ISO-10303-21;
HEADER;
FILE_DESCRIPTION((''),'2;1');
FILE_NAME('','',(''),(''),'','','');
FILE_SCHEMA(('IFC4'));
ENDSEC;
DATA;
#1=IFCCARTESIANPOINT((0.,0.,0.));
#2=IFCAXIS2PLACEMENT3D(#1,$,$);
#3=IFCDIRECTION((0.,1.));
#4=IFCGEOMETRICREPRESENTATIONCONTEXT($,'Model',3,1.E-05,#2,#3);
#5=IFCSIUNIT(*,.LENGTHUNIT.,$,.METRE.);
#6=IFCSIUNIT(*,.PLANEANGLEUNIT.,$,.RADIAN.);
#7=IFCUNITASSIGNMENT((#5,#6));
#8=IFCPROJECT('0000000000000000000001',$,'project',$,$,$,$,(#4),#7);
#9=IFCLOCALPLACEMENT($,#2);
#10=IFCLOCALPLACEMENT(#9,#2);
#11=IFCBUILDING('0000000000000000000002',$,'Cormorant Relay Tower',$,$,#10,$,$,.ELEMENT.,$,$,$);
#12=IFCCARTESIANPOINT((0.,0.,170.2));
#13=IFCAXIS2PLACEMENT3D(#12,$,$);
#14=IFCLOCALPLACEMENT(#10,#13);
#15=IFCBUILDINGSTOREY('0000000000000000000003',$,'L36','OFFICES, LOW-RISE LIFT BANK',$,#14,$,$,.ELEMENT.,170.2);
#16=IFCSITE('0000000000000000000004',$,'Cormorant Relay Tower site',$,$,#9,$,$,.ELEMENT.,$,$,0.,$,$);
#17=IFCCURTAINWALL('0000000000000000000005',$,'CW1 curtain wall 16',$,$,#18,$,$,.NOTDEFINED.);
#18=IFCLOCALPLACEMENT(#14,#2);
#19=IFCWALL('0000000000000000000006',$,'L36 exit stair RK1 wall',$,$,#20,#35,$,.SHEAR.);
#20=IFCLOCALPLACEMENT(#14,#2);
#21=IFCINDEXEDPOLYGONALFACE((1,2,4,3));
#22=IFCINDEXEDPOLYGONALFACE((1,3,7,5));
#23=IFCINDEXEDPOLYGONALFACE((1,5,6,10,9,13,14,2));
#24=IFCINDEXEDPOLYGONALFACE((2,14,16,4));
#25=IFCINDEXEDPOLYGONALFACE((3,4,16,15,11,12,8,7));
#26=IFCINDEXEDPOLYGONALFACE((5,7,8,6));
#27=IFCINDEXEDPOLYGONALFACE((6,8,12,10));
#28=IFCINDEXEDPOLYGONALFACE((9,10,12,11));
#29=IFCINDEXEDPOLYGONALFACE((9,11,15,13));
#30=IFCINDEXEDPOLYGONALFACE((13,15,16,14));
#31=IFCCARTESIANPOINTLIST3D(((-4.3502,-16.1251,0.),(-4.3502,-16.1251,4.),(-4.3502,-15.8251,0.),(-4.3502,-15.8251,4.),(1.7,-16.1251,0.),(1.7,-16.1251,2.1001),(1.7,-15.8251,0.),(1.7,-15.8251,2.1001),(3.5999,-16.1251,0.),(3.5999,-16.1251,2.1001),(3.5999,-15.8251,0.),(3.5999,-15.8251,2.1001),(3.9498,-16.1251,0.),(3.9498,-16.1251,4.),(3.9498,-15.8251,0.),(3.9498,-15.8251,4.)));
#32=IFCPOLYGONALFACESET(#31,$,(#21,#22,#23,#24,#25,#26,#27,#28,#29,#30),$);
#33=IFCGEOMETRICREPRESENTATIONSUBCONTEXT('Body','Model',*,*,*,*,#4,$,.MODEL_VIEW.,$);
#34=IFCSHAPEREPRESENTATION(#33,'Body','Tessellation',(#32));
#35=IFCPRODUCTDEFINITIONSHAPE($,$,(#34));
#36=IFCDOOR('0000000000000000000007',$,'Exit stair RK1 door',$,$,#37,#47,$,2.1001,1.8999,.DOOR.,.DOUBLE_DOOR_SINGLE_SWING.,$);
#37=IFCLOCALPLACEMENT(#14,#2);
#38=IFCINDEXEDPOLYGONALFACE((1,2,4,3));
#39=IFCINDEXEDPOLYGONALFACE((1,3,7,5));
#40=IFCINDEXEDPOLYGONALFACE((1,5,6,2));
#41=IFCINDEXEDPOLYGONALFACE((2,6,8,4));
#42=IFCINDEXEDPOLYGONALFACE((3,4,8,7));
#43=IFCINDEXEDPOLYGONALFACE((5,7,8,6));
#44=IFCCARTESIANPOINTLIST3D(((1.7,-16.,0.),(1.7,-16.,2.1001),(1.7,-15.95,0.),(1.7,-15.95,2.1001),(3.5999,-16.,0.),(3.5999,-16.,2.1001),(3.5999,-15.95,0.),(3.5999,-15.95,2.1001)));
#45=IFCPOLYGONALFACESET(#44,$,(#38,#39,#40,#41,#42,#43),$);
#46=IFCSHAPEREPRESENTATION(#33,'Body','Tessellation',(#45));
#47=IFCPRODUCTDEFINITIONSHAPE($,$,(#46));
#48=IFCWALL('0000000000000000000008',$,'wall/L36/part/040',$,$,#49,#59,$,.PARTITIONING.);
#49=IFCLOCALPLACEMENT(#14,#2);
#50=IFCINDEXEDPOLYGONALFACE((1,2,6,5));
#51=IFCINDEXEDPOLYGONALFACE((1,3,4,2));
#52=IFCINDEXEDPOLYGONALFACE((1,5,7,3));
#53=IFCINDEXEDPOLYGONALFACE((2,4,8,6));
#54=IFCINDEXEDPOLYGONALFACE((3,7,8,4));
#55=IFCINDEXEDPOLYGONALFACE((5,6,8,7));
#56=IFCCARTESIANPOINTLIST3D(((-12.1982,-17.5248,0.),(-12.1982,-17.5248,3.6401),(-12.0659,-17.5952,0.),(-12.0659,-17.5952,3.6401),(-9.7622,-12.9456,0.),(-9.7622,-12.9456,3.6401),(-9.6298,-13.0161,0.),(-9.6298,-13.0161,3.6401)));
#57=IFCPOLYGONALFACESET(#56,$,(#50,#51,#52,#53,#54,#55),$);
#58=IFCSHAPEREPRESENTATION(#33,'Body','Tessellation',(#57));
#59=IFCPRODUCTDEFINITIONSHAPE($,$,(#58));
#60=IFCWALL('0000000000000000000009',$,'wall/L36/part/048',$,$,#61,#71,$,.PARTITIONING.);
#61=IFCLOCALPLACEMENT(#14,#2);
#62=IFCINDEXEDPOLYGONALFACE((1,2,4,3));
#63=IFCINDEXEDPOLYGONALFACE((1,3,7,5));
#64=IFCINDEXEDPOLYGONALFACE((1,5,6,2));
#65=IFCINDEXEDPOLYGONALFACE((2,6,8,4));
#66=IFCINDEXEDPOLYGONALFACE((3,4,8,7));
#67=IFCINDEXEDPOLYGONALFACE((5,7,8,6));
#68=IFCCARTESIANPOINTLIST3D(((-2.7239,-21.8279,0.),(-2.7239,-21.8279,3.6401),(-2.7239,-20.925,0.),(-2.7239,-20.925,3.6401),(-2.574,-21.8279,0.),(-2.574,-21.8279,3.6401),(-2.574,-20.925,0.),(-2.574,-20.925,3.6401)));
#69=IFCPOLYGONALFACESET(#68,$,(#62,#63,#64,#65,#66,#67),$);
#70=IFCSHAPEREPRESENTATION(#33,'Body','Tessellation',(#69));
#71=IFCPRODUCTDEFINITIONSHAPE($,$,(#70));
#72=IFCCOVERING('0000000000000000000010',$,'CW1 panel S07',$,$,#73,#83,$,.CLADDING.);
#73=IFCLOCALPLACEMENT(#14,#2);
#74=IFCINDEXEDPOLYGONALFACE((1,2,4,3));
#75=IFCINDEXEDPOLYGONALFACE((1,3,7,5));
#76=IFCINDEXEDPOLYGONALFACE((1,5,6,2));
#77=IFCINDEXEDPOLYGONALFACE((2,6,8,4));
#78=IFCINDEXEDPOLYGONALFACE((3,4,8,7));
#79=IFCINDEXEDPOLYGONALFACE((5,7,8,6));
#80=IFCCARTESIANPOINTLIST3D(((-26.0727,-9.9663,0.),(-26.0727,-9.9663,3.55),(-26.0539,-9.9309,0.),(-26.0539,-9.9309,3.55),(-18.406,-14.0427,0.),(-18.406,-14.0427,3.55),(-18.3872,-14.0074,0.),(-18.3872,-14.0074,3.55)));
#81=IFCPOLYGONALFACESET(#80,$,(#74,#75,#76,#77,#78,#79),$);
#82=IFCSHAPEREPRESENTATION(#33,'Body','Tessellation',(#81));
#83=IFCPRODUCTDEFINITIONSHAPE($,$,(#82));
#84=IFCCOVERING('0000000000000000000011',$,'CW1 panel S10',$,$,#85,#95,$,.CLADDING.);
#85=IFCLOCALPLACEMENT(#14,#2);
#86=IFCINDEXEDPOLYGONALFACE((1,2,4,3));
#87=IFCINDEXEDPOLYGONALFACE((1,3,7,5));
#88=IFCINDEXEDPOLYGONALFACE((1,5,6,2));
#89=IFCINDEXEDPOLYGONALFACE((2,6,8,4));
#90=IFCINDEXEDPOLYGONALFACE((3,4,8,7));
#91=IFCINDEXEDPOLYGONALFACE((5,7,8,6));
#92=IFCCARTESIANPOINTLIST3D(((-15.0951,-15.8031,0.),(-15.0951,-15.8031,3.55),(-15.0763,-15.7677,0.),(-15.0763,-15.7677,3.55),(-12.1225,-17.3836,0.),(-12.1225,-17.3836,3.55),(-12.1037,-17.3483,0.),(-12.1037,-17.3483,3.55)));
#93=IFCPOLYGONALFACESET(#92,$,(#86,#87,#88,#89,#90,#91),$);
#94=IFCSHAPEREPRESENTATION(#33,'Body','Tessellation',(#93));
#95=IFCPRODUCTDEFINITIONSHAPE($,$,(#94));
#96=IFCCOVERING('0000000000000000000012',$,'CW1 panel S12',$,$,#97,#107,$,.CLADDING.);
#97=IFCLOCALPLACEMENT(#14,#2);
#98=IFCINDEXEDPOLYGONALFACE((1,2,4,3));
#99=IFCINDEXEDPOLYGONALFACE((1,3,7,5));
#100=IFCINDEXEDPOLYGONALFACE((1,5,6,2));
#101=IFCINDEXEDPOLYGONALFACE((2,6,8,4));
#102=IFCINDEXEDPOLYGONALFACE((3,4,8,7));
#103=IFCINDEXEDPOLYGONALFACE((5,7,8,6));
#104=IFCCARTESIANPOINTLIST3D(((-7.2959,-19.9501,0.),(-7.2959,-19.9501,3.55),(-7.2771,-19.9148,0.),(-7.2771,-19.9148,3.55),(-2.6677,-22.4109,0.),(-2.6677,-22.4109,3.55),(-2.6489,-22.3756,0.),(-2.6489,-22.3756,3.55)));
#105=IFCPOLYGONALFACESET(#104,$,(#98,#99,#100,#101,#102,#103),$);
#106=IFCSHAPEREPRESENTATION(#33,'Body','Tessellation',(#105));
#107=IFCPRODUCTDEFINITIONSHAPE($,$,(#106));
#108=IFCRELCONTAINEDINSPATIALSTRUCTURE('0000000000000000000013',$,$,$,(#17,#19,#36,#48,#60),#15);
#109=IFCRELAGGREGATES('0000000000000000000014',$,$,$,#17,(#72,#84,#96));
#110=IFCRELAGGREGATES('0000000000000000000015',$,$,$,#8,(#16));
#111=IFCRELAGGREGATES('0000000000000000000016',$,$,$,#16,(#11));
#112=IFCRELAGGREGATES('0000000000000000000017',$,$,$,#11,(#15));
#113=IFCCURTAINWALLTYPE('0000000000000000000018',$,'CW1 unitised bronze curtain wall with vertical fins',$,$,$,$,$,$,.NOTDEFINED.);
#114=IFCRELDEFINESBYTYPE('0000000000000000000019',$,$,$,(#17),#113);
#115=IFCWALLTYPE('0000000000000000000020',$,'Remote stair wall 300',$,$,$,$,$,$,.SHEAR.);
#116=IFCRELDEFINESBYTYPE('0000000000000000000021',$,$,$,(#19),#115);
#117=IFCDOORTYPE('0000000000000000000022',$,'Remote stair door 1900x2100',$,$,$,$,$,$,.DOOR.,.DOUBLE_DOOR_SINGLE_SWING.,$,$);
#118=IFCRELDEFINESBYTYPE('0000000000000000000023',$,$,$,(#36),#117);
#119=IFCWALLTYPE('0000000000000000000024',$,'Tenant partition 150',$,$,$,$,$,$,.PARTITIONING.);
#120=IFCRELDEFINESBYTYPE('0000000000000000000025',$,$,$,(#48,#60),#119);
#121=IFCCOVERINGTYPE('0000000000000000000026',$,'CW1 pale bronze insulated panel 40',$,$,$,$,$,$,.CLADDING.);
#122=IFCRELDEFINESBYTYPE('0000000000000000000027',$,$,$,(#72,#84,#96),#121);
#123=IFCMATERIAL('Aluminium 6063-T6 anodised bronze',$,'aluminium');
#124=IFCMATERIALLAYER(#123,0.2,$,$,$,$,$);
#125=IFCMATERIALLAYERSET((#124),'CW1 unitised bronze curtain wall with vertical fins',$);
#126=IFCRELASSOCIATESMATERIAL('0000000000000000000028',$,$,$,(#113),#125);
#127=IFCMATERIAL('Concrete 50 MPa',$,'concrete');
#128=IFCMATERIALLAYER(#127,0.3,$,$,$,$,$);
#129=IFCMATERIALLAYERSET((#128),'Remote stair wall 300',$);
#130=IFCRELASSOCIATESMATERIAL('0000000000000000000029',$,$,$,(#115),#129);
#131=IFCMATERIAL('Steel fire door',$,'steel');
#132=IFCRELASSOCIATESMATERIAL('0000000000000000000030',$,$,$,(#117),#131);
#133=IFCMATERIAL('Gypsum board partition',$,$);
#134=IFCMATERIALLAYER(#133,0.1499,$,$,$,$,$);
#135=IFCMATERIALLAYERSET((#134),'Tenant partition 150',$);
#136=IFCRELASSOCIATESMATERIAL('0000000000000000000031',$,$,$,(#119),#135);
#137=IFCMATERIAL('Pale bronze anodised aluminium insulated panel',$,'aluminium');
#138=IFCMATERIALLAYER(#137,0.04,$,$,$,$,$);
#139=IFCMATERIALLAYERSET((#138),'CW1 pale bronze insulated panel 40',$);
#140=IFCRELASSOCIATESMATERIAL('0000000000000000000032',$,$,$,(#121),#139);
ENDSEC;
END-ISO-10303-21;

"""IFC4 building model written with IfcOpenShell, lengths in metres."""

from ifc_helpers import new_model, si_unit, direction, frame, frame_2d, origin, origin_2d, place, context, subcontext, project, spatial, rectangle, extrude, material, layer, layer_set, type_object, element, fill, aggregate, save


model = new_model("IFC4")

# Units and contexts
model_context = context("Model", 3, precision=1e-05, world=origin(), true_north=direction((0.0, 1.0)))
body_context = subcontext(model_context, "Body", "Model", "MODEL_VIEW")
ifc_project = project(units=[si_unit("LENGTHUNIT", "METRE"), si_unit("PLANEANGLEUNIT", "RADIAN")], contexts=[model_context])

# Site, building, storey
site_placement = place(None, origin())
site = spatial("IfcSite", under=ifc_project, at=site_placement, Name="Cormorant Relay Tower site", CompositionType="ELEMENT", RefElevation=0.0)
building_placement = place(site_placement, origin())
building = spatial("IfcBuilding", under=site, at=building_placement, Name="Cormorant Relay Tower", CompositionType="ELEMENT")
storey_placement = place(building_placement, frame((0.0, 0.0, 170.2)))
storey = spatial("IfcBuildingStorey", under=building, at=storey_placement, Name="L36", Description="OFFICES, LOW-RISE LIFT BANK", CompositionType="ELEMENT", Elevation=170.2)

# Shared definitions
ifc_material_1 = material(Name="Aluminium 6063-T6 anodised bronze", Category="aluminium")
ifc_layer_1 = layer(ifc_material_1, 0.2)
ifc_layer_set_1 = layer_set([ifc_layer_1], Name="CW1 unitised bronze curtain wall with vertical fins")
curtain_wall_type = type_object("IfcCurtainWallType", Name="CW1 unitised bronze curtain wall with vertical fins", PredefinedType="NOTDEFINED", material=ifc_layer_set_1)

# Curtain wall
curtain_wall_1_placement = place(storey_placement, origin())
curtain_wall_1 = element("IfcCurtainWall", 1, at=curtain_wall_1_placement, inside=storey, type_object=curtain_wall_type, Name="CW1 curtain wall 16", PredefinedType="NOTDEFINED")

# Shared definitions
ifc_material_2 = material(Name="Concrete 50 MPa", Category="concrete")
ifc_layer_2 = layer(ifc_material_2, 0.3)
ifc_layer_set_2 = layer_set([ifc_layer_2], Name="Remote stair wall 300")
wall_type_1 = type_object("IfcWallType", Name="Remote stair wall 300", PredefinedType="SHEAR", material=ifc_layer_set_2)

# Wall, opening, door
wall_1_placement = place(storey_placement, frame((-4.3501, -15.9751, 0.0), z_axis=(0.0, 0.0, 1.0), x_axis=(1.0, 0.0, 0.0)))
wall_1 = element("IfcWall", 2, at=wall_1_placement, inside=storey, type_object=wall_type_1, Name="L36 exit stair RK1 wall", PredefinedType="SHEAR", context=body_context, shape_type="SweptSolid", body=[
    extrude(rectangle(XDim=8.3, YDim=0.3, at=frame_2d((4.1499, 0.0))), origin(), (0.0, 0.0, 1.0), 4.0),
])
opening_1_placement = place(wall_1_placement, frame((6.05, 0.0, 0.0)))
opening_1 = element("IfcOpeningElement", 3, at=opening_1_placement, cuts=wall_1, PredefinedType="OPENING", context=body_context, shape_type="SweptSolid", body=[
    extrude(rectangle(XDim=1.8999, YDim=2.1001, at=frame_2d((0.95, 1.05))), frame((0.0, 0.1599, 0.0), z_axis=(0.0, -1.0, 0.0), x_axis=(1.0, 0.0, 0.0)), (0.0, 0.0, 1.0), 0.3201),
])
ifc_material_3 = material(Name="Steel fire door", Category="steel")
door_type_1 = type_object("IfcDoorType", Name="Remote stair door 1900x2100", OperationType="DOUBLE_DOOR_SINGLE_SWING", PredefinedType="DOOR", material=ifc_material_3)
door_1_placement = place(opening_1_placement, frame((1.8999, 0.0, 0.0), z_axis=(0.0, 0.0, 1.0), x_axis=(-1.0, 0.0, 0.0)))
door_1 = element("IfcDoor", 4, at=door_1_placement, inside=storey, type_object=door_type_1, Name="Exit stair RK1 door", OperationType="DOUBLE_DOOR_SINGLE_SWING", OverallHeight=2.1001, OverallWidth=1.8999, PredefinedType="DOOR", context=body_context, shape_type="SweptSolid", body=[
    extrude(rectangle(XDim=1.8999, YDim=2.1001, at=frame_2d((0.95, 1.05))), frame((0.0, 0.0249, 0.0), z_axis=(0.0, -1.0, 0.0), x_axis=(1.0, 0.0, 0.0)), (0.0, 0.0, 1.0), 0.05),
])
fill(opening_1, door_1)

# Walls
ifc_material_4 = material(Name="Gypsum board partition")
ifc_layer_3 = layer(ifc_material_4, 0.1499)
ifc_layer_set_3 = layer_set([ifc_layer_3], Name="Tenant partition 150")
wall_type_2 = type_object("IfcWallType", Name="Tenant partition 150", PredefinedType="PARTITIONING", material=ifc_layer_set_3)
wall_2_placement = place(storey_placement, frame((-9.696, -12.981, 0.0), z_axis=(0.0, 0.0, 1.0), x_axis=(-0.469664, -0.882845, 0.0)))
element("IfcWall", 5, at=wall_2_placement, inside=storey, type_object=wall_type_2, Name="wall/L36/part/040", PredefinedType="PARTITIONING", context=body_context, shape_type="SweptSolid", body=[
    extrude(rectangle(XDim=5.1868, YDim=0.1499, at=frame_2d((2.5933, 0.0))), origin(), (0.0, 0.0, 1.0), 3.6401),
])
wall_3_placement = place(storey_placement, frame((-2.6489, -20.925, 0.0), z_axis=(0.0, 0.0, 1.0), x_axis=(0.0, -1.0, 0.0)))
element("IfcWall", 6, at=wall_3_placement, inside=storey, type_object=wall_type_2, Name="wall/L36/part/048", PredefinedType="PARTITIONING", context=body_context, shape_type="SweptSolid", body=[
    extrude(rectangle(XDim=0.9028, YDim=0.1499, at=frame_2d((0.4514, 0.0))), origin(), (0.0, 0.0, 1.0), 3.6401),
])

# Coverings
ifc_material_5 = material(Name="Pale bronze anodised aluminium insulated panel", Category="aluminium")
ifc_layer_4 = layer(ifc_material_5, 0.04)
ifc_layer_set_4 = layer_set([ifc_layer_4], Name="CW1 pale bronze insulated panel 40")
covering_type = type_object("IfcCoveringType", Name="CW1 pale bronze insulated panel 40", PredefinedType="CLADDING", material=ifc_layer_set_4)
covering_1_placement = place(storey_placement, frame((-22.23, -11.9868, 0.0), z_axis=(0.0, 0.0, 1.0), x_axis=(0.882948, -0.469472, 0.0)))
covering_1 = element("IfcCovering", 7, at=covering_1_placement, type_object=covering_type, Name="CW1 panel S07", PredefinedType="CLADDING", context=body_context, shape_type="SweptSolid", body=[
    extrude(rectangle(XDim=8.6831, YDim=0.04, at=origin_2d()), origin(), (0.0, 0.0, 1.0), 3.55),
])
covering_2_placement = place(storey_placement, frame((-13.5994, -16.5757, 0.0), z_axis=(0.0, 0.0, 1.0), x_axis=(0.882948, -0.469472, 0.0)))
covering_2 = element("IfcCovering", 8, at=covering_2_placement, type_object=covering_type, Name="CW1 panel S10", PredefinedType="CLADDING", context=body_context, shape_type="SweptSolid", body=[
    extrude(rectangle(XDim=3.3667, YDim=0.04, at=origin_2d()), origin(), (0.0, 0.0, 1.0), 3.55),
])
covering_3_placement = place(storey_placement, frame((-4.9724, -21.1628, 0.0), z_axis=(0.0, 0.0, 1.0), x_axis=(0.882948, -0.469472, 0.0)))
covering_3 = element("IfcCovering", 9, at=covering_3_placement, type_object=covering_type, Name="CW1 panel S12", PredefinedType="CLADDING", context=body_context, shape_type="SweptSolid", body=[
    extrude(rectangle(XDim=5.2417, YDim=0.04, at=origin_2d()), origin(), (0.0, 0.0, 1.0), 3.55),
])
aggregate(curtain_wall_1, [covering_1, covering_2, covering_3])

save(model, "model.ifc")
